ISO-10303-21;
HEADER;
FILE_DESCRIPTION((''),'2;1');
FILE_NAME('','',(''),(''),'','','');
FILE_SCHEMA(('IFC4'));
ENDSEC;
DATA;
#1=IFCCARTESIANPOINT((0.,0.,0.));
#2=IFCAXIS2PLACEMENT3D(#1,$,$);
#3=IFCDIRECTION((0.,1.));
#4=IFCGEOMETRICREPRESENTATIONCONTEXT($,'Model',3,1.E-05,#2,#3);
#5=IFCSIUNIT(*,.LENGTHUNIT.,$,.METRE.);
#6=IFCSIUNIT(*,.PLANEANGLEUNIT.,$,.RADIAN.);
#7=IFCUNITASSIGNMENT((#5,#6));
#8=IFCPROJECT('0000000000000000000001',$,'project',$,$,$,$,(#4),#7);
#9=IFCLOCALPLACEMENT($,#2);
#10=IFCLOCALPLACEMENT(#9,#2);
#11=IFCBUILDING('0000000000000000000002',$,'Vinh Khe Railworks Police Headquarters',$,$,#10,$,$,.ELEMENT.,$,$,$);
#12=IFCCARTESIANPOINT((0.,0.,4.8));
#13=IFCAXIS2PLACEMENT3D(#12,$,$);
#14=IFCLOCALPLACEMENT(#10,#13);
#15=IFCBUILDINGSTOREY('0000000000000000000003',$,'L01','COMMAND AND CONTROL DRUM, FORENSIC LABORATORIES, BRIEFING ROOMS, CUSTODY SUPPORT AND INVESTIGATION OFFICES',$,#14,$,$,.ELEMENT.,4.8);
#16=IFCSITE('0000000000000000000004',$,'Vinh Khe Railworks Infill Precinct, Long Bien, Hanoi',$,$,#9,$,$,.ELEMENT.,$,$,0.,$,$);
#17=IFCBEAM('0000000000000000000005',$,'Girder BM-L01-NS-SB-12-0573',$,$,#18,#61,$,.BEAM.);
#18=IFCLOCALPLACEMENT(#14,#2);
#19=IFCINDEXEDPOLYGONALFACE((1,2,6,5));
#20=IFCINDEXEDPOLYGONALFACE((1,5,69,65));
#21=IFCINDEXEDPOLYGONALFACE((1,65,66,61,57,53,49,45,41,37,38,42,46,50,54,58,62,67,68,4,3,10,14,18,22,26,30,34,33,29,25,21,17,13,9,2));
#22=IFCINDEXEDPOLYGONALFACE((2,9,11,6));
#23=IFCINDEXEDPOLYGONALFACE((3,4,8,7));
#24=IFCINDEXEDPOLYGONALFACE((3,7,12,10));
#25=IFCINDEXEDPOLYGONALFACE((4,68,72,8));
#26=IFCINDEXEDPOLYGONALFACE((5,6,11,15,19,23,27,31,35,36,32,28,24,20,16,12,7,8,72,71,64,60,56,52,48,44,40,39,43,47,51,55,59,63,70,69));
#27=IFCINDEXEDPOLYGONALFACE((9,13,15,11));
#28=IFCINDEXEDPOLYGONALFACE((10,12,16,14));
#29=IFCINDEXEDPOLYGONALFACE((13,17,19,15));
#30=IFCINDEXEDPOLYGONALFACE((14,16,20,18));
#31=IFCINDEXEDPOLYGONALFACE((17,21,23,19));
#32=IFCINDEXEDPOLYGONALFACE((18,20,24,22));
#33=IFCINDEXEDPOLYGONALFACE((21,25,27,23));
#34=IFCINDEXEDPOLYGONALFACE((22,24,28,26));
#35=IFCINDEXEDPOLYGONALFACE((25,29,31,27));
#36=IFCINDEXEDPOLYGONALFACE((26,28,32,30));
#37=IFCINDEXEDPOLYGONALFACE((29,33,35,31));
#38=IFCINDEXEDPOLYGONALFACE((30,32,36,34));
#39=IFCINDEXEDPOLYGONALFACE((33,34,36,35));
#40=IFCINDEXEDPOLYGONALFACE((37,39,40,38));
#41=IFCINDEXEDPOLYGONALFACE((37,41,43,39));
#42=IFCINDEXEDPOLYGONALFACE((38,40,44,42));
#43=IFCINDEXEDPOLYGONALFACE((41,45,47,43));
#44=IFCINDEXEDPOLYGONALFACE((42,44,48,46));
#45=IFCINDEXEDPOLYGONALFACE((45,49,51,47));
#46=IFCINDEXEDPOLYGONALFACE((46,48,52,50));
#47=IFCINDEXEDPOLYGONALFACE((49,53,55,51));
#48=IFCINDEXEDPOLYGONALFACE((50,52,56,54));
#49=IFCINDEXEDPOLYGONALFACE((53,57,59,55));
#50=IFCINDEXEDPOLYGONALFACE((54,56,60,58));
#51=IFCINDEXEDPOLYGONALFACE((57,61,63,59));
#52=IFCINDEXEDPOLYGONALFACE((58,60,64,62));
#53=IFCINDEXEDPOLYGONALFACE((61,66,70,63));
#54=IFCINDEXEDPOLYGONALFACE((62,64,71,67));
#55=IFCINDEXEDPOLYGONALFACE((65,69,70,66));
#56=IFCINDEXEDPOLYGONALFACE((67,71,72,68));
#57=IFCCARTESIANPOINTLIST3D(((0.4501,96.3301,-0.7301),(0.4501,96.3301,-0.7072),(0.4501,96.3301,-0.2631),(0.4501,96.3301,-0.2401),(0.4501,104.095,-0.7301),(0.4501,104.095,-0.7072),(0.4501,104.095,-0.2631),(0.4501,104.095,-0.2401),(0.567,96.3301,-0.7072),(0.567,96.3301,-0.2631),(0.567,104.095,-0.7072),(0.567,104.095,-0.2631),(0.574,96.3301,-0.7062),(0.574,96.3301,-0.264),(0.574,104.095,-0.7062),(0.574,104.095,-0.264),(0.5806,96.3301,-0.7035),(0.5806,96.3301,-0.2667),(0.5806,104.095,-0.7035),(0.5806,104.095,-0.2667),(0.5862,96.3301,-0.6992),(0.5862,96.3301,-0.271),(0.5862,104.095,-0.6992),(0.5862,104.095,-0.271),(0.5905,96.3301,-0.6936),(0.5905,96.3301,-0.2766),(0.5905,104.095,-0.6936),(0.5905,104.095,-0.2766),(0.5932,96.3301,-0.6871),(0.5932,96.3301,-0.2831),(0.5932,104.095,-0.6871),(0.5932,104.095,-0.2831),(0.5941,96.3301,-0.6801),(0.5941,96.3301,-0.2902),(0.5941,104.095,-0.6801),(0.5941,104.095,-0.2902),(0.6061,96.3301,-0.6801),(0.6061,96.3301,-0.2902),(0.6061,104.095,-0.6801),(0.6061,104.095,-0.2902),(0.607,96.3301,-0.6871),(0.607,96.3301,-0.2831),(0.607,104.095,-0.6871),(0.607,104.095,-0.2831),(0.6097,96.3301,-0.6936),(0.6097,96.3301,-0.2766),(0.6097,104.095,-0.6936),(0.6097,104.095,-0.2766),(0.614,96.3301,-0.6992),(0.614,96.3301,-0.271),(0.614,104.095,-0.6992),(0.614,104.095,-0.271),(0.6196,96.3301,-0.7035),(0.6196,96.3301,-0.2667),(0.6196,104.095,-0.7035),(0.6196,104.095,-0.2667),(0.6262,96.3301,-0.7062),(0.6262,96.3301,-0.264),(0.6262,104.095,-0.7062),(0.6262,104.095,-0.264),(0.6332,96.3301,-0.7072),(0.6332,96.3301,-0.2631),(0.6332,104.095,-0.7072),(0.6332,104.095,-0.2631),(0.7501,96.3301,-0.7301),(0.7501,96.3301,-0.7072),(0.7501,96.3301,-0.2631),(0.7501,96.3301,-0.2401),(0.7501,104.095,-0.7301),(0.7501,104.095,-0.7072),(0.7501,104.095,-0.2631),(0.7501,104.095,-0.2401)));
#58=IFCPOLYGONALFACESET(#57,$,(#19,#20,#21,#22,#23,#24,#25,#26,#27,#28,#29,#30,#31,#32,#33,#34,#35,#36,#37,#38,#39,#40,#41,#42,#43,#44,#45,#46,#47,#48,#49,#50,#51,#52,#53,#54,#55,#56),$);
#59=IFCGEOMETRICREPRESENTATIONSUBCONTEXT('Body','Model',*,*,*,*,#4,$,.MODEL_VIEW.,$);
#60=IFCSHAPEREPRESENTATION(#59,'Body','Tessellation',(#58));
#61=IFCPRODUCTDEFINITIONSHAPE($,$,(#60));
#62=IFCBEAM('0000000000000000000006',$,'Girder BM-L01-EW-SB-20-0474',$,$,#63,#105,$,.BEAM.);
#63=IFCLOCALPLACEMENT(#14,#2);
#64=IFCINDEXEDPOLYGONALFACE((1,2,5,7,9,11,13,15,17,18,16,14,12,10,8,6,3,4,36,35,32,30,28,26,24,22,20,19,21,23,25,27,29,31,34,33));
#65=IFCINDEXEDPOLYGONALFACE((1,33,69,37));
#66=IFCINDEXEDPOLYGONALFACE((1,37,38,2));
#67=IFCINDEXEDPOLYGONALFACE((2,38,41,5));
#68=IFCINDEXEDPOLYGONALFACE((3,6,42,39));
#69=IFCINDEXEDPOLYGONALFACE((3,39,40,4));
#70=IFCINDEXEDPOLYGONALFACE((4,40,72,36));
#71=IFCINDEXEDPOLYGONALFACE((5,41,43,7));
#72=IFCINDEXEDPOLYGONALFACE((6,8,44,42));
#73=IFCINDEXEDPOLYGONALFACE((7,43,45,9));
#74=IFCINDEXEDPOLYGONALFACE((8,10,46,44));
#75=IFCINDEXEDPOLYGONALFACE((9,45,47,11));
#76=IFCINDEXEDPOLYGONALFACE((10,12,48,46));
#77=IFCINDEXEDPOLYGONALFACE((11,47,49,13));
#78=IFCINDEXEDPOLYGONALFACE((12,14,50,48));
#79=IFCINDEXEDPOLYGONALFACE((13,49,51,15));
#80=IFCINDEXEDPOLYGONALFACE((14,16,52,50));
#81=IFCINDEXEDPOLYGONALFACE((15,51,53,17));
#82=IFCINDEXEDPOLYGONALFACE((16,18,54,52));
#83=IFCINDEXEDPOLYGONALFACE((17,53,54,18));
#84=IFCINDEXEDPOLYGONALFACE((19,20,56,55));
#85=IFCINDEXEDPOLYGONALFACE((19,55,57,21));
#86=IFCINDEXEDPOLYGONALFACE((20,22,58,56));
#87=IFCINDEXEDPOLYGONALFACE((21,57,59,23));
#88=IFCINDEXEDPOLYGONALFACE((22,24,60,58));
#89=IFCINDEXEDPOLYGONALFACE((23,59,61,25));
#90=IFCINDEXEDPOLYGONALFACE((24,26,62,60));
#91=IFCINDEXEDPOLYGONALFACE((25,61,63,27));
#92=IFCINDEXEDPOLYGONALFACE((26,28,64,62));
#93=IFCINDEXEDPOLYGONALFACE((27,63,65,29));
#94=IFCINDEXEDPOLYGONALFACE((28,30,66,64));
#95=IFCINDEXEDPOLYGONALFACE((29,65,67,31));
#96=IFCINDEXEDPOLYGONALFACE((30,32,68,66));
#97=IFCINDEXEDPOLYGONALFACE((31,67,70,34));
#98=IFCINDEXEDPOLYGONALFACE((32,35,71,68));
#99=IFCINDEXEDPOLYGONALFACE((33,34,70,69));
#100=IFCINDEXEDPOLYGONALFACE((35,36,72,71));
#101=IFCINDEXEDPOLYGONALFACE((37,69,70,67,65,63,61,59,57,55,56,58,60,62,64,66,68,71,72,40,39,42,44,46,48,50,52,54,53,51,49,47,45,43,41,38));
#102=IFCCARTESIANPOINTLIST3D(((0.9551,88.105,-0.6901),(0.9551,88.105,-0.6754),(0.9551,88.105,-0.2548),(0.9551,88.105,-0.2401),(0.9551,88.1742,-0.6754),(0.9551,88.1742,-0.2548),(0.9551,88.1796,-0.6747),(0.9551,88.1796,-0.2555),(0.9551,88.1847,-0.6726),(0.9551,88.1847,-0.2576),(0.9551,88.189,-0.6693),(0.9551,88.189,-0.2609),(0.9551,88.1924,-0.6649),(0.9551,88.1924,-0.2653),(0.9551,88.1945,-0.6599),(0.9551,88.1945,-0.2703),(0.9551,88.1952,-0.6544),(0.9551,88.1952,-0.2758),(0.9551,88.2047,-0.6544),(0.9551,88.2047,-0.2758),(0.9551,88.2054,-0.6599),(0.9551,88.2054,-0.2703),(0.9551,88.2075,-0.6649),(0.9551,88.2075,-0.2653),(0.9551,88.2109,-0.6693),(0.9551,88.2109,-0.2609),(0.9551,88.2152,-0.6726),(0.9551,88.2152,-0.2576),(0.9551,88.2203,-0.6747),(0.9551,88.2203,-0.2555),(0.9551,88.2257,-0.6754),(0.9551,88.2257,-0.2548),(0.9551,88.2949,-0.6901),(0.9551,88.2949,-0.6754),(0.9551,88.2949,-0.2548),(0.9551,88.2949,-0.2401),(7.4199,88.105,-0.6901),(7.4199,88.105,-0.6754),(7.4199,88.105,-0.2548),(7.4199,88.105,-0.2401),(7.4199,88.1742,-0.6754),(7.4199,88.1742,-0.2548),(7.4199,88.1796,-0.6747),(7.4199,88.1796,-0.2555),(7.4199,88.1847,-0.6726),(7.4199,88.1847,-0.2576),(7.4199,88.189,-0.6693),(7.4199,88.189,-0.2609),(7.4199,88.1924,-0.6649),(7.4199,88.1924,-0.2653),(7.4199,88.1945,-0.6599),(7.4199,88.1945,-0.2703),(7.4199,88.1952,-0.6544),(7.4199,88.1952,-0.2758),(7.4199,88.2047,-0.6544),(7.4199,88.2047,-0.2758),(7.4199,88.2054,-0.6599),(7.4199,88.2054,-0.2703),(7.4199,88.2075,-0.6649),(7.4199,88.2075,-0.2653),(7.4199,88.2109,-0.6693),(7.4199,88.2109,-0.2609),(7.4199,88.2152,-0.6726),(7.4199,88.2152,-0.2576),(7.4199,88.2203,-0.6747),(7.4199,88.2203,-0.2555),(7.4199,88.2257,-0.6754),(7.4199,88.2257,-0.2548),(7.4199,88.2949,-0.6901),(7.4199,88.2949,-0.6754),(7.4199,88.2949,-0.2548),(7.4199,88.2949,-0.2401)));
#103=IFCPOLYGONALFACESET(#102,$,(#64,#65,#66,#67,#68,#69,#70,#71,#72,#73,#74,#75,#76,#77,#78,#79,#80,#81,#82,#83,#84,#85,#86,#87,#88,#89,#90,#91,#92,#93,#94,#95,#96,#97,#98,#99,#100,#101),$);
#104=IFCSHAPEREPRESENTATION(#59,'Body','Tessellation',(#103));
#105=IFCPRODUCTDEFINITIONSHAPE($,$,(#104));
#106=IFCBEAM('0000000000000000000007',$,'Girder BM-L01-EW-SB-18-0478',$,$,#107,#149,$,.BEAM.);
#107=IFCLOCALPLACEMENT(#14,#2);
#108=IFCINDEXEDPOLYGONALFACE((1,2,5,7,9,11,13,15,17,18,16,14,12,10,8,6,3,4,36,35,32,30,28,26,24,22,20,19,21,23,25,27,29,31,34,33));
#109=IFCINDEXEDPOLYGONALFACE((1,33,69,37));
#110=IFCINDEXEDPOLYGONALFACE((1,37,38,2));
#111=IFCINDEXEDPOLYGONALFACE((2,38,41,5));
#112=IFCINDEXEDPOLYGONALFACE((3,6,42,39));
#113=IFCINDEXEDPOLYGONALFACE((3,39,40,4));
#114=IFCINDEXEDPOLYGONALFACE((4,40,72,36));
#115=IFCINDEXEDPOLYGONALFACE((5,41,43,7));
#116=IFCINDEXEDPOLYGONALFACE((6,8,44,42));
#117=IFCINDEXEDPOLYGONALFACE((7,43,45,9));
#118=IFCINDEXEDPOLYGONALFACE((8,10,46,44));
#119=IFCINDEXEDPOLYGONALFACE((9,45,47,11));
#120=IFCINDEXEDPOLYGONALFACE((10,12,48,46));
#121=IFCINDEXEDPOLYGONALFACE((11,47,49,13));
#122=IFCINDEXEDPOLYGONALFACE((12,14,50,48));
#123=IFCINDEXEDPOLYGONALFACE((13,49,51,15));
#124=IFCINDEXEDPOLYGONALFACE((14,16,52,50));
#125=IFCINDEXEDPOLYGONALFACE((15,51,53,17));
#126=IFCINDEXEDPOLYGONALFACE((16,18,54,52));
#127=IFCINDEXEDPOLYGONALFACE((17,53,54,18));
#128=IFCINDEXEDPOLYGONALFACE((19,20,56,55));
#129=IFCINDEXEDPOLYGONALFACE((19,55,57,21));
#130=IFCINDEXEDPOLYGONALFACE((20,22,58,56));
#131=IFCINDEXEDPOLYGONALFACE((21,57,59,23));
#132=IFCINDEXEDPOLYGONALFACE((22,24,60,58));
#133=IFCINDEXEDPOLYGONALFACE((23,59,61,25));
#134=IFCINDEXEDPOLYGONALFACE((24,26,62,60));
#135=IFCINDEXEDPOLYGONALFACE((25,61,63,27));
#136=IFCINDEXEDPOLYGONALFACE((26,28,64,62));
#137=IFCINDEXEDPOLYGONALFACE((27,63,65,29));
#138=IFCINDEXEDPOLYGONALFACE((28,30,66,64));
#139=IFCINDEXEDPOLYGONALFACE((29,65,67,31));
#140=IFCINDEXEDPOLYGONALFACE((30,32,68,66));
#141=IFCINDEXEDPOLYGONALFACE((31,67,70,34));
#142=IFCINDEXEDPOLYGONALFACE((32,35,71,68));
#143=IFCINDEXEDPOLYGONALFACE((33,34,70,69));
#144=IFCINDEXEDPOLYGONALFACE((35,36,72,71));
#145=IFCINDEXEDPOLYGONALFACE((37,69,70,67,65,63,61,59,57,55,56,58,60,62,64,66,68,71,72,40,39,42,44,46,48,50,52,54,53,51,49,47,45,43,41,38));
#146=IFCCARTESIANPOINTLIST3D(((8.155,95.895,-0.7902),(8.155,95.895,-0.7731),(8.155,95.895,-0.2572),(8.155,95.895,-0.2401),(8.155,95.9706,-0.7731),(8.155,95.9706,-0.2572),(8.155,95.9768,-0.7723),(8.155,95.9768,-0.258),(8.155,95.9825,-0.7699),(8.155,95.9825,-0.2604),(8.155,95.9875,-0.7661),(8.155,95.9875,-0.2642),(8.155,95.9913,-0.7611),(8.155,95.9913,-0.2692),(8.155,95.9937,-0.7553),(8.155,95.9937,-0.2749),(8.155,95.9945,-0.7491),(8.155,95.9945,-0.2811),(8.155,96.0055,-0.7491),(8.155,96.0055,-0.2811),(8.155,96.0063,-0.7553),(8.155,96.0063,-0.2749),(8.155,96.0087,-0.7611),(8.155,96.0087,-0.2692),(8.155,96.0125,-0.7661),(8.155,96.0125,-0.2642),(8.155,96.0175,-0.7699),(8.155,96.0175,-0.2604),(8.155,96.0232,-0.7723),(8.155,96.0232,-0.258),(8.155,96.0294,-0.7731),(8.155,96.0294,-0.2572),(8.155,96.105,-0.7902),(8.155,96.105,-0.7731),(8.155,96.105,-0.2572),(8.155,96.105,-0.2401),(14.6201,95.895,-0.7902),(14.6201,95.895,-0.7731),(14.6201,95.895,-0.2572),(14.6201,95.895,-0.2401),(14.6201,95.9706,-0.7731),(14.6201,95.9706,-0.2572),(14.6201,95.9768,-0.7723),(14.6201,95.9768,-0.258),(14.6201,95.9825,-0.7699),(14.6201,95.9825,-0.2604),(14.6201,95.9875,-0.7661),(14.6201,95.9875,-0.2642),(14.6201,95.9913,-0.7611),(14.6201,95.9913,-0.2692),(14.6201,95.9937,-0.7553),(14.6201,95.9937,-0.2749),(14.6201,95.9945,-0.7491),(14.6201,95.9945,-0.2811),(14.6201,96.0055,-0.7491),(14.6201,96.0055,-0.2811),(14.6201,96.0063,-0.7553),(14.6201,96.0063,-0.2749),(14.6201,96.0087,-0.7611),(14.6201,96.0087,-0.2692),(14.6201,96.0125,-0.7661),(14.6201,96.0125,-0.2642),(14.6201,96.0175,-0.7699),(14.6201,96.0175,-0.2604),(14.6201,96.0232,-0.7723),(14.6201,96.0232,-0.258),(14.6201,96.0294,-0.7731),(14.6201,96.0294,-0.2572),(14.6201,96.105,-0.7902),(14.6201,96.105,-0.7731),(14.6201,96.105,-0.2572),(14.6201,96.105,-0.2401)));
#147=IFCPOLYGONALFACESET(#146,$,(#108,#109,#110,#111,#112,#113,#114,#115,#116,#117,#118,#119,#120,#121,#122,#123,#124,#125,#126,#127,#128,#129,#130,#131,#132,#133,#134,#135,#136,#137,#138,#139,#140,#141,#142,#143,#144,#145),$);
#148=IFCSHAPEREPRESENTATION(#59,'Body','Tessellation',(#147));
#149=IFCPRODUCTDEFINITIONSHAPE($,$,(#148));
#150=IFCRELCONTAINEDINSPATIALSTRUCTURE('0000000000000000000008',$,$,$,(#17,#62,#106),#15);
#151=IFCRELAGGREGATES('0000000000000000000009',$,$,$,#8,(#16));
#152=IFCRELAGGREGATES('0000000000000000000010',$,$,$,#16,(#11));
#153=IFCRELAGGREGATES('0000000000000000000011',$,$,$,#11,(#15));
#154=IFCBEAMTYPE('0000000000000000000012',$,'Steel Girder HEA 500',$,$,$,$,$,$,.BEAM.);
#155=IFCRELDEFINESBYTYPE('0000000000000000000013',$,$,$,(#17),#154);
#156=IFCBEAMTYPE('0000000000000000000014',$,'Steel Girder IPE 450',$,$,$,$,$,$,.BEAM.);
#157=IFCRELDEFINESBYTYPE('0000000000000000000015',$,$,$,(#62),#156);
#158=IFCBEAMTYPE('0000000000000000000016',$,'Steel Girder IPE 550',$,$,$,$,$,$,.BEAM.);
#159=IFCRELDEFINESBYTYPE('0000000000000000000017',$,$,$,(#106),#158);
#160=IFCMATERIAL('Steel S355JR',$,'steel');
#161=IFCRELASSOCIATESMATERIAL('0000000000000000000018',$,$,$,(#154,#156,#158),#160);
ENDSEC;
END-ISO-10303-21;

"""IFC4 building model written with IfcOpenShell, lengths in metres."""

from ifc_helpers import new_model, si_unit, direction, frame, origin, origin_2d, place, context, subcontext, project, spatial, i_section, extrude, material, material_profile, profile_set, type_object, element, save


model = new_model("IFC4")

# Units and contexts
model_context = context("Model", 3, precision=1e-05, world=origin(), true_north=direction((0.0, 1.0)))
body_context = subcontext(model_context, "Body", "Model", "MODEL_VIEW")
ifc_project = project(units=[si_unit("LENGTHUNIT", "METRE"), si_unit("PLANEANGLEUNIT", "RADIAN")], contexts=[model_context])

# Site, building, storey
site_placement = place(None, origin())
site = spatial("IfcSite", under=ifc_project, at=site_placement, Name="Vinh Khe Railworks Infill Precinct, Long Bien, Hanoi", CompositionType="ELEMENT", RefElevation=0.0)
building_placement = place(site_placement, origin())
building = spatial("IfcBuilding", under=site, at=building_placement, Name="Vinh Khe Railworks Police Headquarters", CompositionType="ELEMENT")
storey_placement = place(building_placement, frame((0.0, 0.0, 4.8)))
storey = spatial("IfcBuildingStorey", under=building, at=storey_placement, Name="L01", Description="COMMAND AND CONTROL DRUM, FORENSIC LABORATORIES, BRIEFING ROOMS, CUSTODY SUPPORT AND INVESTIGATION OFFICES", CompositionType="ELEMENT", Elevation=4.8)

# Shared definitions
ifc_material_1 = material(Name="Steel S355JR", Category="steel")

# Beams
ifc_material_profile_1 = material_profile(ifc_material_1, i_section(OverallWidth=0.3, OverallDepth=0.49, WebThickness=0.012, FlangeThickness=0.0229, FilletRadius=0.0271, at=origin_2d()), Name="HEA 500")
ifc_profile_set_1 = profile_set([ifc_material_profile_1], Name="Steel S355JR")
beam_type_1 = type_object("IfcBeamType", Name="Steel Girder HEA 500", PredefinedType="BEAM", material=ifc_profile_set_1)
beam_1_placement = place(storey_placement, frame((0.6001, 96.3301, -0.4851), z_axis=(0.0, 1.0, 0.0), x_axis=(-1.0, 0.0, 0.0)))
element("IfcBeam", 1, at=beam_1_placement, inside=storey, type_object=beam_type_1, Name="Girder BM-L01-NS-SB-12-0573", PredefinedType="BEAM", context=body_context, shape_type="SweptSolid", body=[
    extrude(i_section(OverallWidth=0.3, OverallDepth=0.49, WebThickness=0.012, FlangeThickness=0.0229, FilletRadius=0.0271, at=origin_2d()), origin(), (0.0, 0.0, 1.0), 7.7649),
])
ifc_material_profile_2 = material_profile(ifc_material_1, i_section(OverallWidth=0.1899, OverallDepth=0.45, WebThickness=0.0095, FlangeThickness=0.0146, FilletRadius=0.021, at=origin_2d()), Name="IPE 450")
ifc_profile_set_2 = profile_set([ifc_material_profile_2], Name="Steel S355JR")
beam_type_2 = type_object("IfcBeamType", Name="Steel Girder IPE 450", PredefinedType="BEAM", material=ifc_profile_set_2)
beam_2_placement = place(storey_placement, frame((0.9551, 88.2, -0.4651), z_axis=(1.0, 0.0, 0.0), x_axis=(0.0, 1.0, 0.0)))
element("IfcBeam", 2, at=beam_2_placement, inside=storey, type_object=beam_type_2, Name="Girder BM-L01-EW-SB-20-0474", PredefinedType="BEAM", context=body_context, shape_type="SweptSolid", body=[
    extrude(i_section(OverallWidth=0.1899, OverallDepth=0.45, WebThickness=0.0095, FlangeThickness=0.0146, FilletRadius=0.021, at=origin_2d()), origin(), (0.0, 0.0, 1.0), 6.4648),
])
ifc_material_profile_3 = material_profile(ifc_material_1, i_section(OverallWidth=0.21, OverallDepth=0.55, WebThickness=0.011, FlangeThickness=0.0171, FilletRadius=0.0239, at=origin_2d()), Name="IPE 550")
ifc_profile_set_3 = profile_set([ifc_material_profile_3], Name="Steel S355JR")
beam_type_3 = type_object("IfcBeamType", Name="Steel Girder IPE 550", PredefinedType="BEAM", material=ifc_profile_set_3)
beam_3_placement = place(storey_placement, frame((8.155, 96.0, -0.5151), z_axis=(1.0, 0.0, 0.0), x_axis=(0.0, 1.0, 0.0)))
element("IfcBeam", 3, at=beam_3_placement, inside=storey, type_object=beam_type_3, Name="Girder BM-L01-EW-SB-18-0478", PredefinedType="BEAM", context=body_context, shape_type="SweptSolid", body=[
    extrude(i_section(OverallWidth=0.21, OverallDepth=0.55, WebThickness=0.011, FlangeThickness=0.0171, FilletRadius=0.0239, at=origin_2d()), origin(), (0.0, 0.0, 1.0), 6.4651),
])

save(model, "model.ifc")
